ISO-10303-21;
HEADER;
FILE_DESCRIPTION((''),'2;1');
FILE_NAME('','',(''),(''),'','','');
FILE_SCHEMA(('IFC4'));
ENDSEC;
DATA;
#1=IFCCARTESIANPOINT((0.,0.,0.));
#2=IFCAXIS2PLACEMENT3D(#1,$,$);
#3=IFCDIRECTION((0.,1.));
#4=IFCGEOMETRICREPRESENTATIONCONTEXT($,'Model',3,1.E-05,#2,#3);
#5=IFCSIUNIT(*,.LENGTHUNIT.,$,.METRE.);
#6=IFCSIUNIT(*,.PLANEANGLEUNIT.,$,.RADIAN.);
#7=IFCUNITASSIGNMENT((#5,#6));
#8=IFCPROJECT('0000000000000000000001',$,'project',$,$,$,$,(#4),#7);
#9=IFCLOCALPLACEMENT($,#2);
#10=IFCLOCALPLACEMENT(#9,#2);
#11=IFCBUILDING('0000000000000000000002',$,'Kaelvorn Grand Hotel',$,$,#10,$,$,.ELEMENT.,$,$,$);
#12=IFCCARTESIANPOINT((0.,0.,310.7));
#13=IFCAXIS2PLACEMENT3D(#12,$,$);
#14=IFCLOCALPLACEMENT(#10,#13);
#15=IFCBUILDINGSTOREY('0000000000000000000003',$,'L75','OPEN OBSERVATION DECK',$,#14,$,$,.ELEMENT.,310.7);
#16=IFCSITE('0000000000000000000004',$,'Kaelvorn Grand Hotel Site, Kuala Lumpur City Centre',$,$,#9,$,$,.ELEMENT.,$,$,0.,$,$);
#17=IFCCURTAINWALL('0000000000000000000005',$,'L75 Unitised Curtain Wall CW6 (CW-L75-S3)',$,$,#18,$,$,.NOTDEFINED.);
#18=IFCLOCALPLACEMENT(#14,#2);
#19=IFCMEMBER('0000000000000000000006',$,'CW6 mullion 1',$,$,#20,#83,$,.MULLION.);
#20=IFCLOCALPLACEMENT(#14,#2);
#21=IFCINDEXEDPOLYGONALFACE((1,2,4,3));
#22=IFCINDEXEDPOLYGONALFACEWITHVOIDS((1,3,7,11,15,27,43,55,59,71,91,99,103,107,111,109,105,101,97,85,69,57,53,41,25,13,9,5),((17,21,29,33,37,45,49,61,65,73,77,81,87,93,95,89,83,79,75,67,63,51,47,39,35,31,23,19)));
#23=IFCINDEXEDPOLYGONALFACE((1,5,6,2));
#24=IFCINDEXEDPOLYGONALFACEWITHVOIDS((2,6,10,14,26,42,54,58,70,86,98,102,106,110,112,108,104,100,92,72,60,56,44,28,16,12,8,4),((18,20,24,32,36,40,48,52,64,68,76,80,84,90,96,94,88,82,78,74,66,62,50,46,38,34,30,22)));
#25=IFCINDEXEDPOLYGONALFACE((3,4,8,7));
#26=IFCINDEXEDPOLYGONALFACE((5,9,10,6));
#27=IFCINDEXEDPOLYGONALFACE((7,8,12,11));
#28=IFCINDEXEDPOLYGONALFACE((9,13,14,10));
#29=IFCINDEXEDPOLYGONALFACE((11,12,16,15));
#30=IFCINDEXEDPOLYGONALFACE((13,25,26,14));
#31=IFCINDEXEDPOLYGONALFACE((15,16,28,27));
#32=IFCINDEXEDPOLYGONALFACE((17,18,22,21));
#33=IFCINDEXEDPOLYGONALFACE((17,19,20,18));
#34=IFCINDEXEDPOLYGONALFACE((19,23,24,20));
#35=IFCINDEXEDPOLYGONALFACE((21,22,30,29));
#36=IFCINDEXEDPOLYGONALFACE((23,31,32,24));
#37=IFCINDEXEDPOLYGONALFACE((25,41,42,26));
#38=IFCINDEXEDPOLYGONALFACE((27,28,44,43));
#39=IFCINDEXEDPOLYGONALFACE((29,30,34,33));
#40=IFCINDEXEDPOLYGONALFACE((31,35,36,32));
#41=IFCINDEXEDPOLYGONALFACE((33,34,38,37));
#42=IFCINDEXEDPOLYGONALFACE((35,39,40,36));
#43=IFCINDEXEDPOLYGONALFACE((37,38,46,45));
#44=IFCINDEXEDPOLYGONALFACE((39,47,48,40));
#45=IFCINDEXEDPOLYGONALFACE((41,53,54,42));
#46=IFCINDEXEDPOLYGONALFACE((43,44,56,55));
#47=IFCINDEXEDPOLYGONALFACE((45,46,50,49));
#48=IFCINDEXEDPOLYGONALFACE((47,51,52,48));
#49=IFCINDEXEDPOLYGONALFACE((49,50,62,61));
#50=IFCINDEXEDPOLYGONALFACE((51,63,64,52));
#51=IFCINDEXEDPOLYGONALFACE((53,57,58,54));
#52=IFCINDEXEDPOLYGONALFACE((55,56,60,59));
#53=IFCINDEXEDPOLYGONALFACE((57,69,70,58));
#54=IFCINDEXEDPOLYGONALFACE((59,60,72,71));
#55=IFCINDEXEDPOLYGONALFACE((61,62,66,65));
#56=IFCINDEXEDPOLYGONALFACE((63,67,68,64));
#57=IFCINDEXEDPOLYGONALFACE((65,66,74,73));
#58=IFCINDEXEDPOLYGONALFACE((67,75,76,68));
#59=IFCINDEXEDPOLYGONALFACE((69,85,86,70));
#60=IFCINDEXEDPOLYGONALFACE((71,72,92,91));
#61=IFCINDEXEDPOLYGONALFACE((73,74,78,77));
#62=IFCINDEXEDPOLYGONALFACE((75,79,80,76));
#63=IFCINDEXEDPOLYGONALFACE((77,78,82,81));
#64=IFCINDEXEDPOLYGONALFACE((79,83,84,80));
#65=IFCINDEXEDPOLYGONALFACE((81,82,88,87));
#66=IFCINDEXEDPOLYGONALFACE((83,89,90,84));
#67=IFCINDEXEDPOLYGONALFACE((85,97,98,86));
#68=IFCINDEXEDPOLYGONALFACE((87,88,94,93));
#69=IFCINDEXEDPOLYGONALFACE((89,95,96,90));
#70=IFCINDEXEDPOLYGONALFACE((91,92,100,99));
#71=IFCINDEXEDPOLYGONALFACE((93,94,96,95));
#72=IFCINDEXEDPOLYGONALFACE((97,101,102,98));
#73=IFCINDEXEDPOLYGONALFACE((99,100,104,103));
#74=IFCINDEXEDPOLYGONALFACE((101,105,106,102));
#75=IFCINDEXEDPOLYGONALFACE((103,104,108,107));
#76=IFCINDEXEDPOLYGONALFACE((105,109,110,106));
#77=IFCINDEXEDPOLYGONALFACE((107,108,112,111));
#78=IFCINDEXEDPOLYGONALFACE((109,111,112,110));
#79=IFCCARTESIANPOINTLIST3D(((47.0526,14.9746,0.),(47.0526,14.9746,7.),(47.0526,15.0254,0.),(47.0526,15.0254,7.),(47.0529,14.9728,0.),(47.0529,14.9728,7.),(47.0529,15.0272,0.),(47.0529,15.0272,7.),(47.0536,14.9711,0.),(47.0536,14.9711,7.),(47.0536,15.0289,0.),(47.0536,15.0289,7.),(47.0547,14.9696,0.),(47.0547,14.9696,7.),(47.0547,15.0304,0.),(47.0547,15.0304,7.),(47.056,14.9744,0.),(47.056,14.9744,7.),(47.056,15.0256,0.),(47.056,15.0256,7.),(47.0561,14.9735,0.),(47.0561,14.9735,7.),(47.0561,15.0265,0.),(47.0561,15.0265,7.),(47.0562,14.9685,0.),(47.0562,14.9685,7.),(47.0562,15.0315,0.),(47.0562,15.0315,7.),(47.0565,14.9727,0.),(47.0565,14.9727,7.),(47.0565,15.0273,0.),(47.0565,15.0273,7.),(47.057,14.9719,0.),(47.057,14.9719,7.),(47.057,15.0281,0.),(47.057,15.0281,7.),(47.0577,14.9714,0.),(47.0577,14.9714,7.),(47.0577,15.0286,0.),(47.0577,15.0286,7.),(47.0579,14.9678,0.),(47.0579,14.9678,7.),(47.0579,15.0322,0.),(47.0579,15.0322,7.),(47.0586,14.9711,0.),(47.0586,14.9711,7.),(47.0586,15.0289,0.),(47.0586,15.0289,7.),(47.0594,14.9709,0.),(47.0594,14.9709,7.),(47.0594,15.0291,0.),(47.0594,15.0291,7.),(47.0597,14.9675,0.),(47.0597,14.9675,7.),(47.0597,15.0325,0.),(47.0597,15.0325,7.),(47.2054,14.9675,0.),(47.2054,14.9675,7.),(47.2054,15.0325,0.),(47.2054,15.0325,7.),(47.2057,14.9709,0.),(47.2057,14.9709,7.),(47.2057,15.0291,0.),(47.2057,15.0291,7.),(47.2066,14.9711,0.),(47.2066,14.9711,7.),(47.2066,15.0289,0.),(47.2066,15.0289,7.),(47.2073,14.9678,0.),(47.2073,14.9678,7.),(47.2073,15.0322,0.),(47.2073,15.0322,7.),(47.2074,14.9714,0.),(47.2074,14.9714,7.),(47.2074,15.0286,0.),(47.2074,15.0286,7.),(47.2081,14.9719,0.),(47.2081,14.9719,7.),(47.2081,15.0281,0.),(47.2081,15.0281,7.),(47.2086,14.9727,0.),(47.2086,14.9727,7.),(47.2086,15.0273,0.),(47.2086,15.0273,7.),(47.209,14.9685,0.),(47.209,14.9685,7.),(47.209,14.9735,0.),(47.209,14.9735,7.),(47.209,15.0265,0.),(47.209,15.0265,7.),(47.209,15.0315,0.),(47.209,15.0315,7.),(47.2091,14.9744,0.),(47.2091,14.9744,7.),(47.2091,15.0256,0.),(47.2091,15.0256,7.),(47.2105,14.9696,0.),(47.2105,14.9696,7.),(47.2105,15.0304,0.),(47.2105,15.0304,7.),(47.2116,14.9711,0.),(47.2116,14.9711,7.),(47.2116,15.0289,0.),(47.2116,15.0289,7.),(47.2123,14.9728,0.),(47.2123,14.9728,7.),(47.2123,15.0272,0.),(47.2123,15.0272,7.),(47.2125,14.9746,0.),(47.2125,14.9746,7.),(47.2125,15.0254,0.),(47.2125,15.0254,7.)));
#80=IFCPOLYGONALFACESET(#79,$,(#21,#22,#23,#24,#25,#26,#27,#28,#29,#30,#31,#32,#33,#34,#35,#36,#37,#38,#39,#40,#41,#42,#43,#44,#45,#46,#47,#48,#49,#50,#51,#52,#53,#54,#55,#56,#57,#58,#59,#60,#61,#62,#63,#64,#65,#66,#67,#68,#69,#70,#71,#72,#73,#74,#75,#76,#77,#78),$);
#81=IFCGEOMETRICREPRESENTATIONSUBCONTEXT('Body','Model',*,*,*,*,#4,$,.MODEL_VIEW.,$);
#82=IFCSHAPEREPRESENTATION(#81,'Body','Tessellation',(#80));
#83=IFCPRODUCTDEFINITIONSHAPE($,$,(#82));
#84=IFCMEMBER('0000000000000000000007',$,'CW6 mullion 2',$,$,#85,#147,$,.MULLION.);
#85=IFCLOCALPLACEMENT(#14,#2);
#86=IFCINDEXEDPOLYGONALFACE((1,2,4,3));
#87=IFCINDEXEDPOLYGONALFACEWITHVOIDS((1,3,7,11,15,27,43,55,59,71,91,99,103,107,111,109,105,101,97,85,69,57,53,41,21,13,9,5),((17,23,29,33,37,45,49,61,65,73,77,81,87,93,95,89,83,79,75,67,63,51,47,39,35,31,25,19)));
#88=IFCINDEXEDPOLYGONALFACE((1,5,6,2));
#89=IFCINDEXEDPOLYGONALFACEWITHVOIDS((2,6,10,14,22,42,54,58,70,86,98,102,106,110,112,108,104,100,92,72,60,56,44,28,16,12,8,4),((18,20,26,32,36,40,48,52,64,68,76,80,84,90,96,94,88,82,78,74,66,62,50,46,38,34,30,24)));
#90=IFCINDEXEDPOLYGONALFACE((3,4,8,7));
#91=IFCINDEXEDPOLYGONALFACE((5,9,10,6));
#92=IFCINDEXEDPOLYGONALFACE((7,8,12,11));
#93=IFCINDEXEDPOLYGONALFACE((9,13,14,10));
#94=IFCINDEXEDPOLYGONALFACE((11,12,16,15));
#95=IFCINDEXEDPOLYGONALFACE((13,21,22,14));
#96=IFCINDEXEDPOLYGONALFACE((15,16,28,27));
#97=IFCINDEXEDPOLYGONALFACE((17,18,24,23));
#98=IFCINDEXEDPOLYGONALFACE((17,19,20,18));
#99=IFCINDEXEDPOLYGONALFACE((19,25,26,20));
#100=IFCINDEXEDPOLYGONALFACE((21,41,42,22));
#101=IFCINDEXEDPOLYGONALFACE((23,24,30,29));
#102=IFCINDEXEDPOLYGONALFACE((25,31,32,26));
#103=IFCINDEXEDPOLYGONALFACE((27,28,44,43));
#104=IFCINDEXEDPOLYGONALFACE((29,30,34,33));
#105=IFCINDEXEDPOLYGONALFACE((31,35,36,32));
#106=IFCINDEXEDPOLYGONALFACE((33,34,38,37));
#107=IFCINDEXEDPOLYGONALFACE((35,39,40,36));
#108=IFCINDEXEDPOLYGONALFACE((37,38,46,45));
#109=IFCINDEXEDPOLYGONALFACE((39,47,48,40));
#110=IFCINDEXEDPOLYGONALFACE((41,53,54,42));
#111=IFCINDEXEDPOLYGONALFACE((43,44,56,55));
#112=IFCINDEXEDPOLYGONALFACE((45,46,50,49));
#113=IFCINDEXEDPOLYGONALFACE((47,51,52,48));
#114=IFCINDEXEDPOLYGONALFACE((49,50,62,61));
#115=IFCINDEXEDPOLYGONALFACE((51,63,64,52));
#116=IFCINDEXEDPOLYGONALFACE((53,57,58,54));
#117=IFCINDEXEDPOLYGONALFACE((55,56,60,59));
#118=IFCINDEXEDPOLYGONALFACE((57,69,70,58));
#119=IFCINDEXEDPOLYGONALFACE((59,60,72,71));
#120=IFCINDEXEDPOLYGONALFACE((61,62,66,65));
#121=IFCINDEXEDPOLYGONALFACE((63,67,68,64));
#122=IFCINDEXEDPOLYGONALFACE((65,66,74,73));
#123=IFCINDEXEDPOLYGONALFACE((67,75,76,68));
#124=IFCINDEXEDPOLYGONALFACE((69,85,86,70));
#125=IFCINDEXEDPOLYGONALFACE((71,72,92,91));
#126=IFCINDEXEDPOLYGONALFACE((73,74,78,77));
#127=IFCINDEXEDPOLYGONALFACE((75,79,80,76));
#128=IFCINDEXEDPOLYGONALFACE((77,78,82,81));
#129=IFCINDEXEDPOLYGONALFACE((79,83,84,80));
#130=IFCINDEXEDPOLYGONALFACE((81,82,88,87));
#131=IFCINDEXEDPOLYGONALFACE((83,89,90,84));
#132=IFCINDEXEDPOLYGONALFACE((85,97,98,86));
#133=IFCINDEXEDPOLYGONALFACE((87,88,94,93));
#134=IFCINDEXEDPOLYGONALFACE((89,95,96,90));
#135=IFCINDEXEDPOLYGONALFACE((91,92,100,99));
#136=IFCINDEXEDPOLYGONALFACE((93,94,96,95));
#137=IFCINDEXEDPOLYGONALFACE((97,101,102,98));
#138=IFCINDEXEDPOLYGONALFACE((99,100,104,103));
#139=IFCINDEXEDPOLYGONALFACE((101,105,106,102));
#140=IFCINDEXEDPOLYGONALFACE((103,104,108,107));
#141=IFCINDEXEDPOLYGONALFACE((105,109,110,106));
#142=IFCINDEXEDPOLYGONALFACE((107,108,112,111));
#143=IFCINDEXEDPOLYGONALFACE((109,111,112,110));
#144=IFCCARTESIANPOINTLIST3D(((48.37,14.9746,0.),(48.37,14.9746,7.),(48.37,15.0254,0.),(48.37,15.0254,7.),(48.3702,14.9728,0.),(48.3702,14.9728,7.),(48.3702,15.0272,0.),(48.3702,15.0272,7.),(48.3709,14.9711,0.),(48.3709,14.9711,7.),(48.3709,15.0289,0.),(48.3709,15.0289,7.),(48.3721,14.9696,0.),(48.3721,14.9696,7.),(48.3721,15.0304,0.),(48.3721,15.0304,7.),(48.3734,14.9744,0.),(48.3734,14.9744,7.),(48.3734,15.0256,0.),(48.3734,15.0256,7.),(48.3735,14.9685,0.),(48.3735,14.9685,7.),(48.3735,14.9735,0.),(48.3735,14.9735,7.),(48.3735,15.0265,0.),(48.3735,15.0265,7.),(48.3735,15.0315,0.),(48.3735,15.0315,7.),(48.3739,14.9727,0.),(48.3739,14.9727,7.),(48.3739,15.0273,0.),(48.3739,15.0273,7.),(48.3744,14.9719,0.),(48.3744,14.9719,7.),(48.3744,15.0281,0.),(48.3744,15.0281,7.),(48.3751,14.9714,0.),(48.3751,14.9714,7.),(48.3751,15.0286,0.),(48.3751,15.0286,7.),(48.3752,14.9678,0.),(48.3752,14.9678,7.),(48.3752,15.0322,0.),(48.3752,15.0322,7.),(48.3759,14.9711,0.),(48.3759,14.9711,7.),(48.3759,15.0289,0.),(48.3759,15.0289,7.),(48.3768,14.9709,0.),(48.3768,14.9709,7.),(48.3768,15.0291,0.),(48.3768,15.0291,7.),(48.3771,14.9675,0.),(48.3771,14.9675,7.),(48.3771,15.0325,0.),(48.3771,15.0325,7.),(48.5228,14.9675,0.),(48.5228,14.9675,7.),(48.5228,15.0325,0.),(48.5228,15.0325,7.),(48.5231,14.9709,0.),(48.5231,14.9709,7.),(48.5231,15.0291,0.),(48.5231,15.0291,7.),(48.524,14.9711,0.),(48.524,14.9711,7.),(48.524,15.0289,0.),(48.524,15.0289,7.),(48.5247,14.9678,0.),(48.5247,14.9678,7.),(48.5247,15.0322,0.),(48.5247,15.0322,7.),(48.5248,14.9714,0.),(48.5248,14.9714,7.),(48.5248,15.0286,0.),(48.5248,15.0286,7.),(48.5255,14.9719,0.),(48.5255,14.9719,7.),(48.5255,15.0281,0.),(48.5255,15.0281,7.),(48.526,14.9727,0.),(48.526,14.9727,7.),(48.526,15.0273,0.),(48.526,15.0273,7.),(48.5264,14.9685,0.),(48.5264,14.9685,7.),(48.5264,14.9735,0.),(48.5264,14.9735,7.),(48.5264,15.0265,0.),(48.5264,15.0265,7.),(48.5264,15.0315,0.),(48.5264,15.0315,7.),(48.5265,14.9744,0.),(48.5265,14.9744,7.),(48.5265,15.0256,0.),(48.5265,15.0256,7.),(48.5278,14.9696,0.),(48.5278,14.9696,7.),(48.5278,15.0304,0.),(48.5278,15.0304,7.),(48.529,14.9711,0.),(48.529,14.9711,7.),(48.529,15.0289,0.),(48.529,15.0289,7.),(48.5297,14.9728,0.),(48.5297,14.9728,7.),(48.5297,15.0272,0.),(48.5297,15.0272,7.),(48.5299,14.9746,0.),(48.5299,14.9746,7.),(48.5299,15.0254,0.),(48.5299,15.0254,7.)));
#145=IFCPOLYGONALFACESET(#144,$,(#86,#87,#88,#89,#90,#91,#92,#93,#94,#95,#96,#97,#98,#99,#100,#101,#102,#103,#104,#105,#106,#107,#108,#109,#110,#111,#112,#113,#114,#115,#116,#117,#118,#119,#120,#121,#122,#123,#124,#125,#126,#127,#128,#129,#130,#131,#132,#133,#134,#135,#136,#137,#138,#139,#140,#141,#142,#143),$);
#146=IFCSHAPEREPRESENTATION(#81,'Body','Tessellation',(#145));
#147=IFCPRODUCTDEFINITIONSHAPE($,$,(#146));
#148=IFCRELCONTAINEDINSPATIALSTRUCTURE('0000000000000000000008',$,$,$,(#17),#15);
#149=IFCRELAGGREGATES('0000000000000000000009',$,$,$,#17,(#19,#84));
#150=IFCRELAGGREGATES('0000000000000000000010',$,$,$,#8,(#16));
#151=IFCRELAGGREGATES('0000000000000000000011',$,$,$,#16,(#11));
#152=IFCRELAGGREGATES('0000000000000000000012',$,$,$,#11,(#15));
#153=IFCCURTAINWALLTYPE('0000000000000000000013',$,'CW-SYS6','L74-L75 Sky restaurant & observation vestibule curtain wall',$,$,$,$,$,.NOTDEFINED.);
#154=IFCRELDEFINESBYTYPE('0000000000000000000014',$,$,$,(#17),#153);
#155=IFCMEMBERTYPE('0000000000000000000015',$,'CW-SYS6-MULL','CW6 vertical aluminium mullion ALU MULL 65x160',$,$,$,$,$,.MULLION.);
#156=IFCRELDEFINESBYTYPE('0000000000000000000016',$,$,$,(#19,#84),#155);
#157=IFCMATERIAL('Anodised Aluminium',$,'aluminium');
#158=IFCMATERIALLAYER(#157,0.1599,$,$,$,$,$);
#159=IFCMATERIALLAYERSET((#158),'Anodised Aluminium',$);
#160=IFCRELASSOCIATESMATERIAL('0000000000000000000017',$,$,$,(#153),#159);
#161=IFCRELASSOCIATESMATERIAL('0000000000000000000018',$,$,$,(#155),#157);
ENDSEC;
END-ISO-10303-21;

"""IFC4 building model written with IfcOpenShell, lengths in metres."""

from ifc_helpers import new_model, si_unit, direction, frame, origin, origin_2d, place, context, subcontext, project, spatial, hollow_rectangle, extrude, material, layer, layer_set, material_profile, profile_set, type_object, element, aggregate, save


model = new_model("IFC4")

# Units and contexts
model_context = context("Model", 3, precision=1e-05, world=origin(), true_north=direction((0.0, 1.0)))
body_context = subcontext(model_context, "Body", "Model", "MODEL_VIEW")
ifc_project = project(units=[si_unit("LENGTHUNIT", "METRE"), si_unit("PLANEANGLEUNIT", "RADIAN")], contexts=[model_context])

# Site, building, storey
site_placement = place(None, origin())
site = spatial("IfcSite", under=ifc_project, at=site_placement, Name="Kaelvorn Grand Hotel Site, Kuala Lumpur City Centre", CompositionType="ELEMENT", RefElevation=0.0)
building_placement = place(site_placement, origin())
building = spatial("IfcBuilding", under=site, at=building_placement, Name="Kaelvorn Grand Hotel", CompositionType="ELEMENT")
storey_placement = place(building_placement, frame((0.0, 0.0, 310.7)))
storey = spatial("IfcBuildingStorey", under=building, at=storey_placement, Name="L75", Description="OPEN OBSERVATION DECK", CompositionType="ELEMENT", Elevation=310.7)

# Curtain wall, members
ifc_material_1 = material(Name="Anodised Aluminium", Category="aluminium")
ifc_layer_1 = layer(ifc_material_1, 0.1599)
ifc_layer_set_1 = layer_set([ifc_layer_1], Name="Anodised Aluminium")
curtain_wall_type = type_object("IfcCurtainWallType", Name="CW-SYS6", Description="L74-L75 Sky restaurant & observation vestibule curtain wall", PredefinedType="NOTDEFINED", material=ifc_layer_set_1)
curtain_wall_placement = place(storey_placement, origin())
curtain_wall = element("IfcCurtainWall", 1, at=curtain_wall_placement, inside=storey, type_object=curtain_wall_type, Name="L75 Unitised Curtain Wall CW6 (CW-L75-S3)", PredefinedType="NOTDEFINED")
ifc_material_profile_1 = material_profile(ifc_material_1, hollow_rectangle(XDim=0.0649, YDim=0.1599, WallThickness=0.0034, InnerFilletRadius=0.0034, OuterFilletRadius=0.0071, at=origin_2d()), Name="ALU MULL 65x160")
ifc_profile_set_1 = profile_set([ifc_material_profile_1], Name="Anodised Aluminium")
member_type_1 = type_object("IfcMemberType", Name="CW-SYS6-MULL", Description="CW6 vertical aluminium mullion ALU MULL 65x160", PredefinedType="MULLION", material=ifc_profile_set_1)
member_1_placement = place(storey_placement, frame((47.1326, 15.0, 0.0), z_axis=(0.0, 0.0, 1.0), x_axis=(0.0, 1.0, 0.0)))
member_1 = element("IfcMember", 2, at=member_1_placement, type_object=member_type_1, Name="CW6 mullion 1", PredefinedType="MULLION", context=body_context, shape_type="SweptSolid", body=[
    extrude(hollow_rectangle(XDim=0.0649, YDim=0.1599, WallThickness=0.0034, InnerFilletRadius=0.0034, OuterFilletRadius=0.0071, at=origin_2d()), origin(), (0.0, 0.0, 1.0), 7.0),
])
member_2_placement = place(storey_placement, frame((48.45, 15.0, 0.0), z_axis=(0.0, 0.0, 1.0), x_axis=(0.0, 1.0, 0.0)))
member_2 = element("IfcMember", 3, at=member_2_placement, type_object=member_type_1, Name="CW6 mullion 2", PredefinedType="MULLION", context=body_context, shape_type="SweptSolid", body=[
    extrude(hollow_rectangle(XDim=0.0649, YDim=0.1599, WallThickness=0.0034, InnerFilletRadius=0.0034, OuterFilletRadius=0.0071, at=origin_2d()), origin(), (0.0, 0.0, 1.0), 7.0),
])

aggregate(curtain_wall, [member_1, member_2])

save(model, "model.ifc")
